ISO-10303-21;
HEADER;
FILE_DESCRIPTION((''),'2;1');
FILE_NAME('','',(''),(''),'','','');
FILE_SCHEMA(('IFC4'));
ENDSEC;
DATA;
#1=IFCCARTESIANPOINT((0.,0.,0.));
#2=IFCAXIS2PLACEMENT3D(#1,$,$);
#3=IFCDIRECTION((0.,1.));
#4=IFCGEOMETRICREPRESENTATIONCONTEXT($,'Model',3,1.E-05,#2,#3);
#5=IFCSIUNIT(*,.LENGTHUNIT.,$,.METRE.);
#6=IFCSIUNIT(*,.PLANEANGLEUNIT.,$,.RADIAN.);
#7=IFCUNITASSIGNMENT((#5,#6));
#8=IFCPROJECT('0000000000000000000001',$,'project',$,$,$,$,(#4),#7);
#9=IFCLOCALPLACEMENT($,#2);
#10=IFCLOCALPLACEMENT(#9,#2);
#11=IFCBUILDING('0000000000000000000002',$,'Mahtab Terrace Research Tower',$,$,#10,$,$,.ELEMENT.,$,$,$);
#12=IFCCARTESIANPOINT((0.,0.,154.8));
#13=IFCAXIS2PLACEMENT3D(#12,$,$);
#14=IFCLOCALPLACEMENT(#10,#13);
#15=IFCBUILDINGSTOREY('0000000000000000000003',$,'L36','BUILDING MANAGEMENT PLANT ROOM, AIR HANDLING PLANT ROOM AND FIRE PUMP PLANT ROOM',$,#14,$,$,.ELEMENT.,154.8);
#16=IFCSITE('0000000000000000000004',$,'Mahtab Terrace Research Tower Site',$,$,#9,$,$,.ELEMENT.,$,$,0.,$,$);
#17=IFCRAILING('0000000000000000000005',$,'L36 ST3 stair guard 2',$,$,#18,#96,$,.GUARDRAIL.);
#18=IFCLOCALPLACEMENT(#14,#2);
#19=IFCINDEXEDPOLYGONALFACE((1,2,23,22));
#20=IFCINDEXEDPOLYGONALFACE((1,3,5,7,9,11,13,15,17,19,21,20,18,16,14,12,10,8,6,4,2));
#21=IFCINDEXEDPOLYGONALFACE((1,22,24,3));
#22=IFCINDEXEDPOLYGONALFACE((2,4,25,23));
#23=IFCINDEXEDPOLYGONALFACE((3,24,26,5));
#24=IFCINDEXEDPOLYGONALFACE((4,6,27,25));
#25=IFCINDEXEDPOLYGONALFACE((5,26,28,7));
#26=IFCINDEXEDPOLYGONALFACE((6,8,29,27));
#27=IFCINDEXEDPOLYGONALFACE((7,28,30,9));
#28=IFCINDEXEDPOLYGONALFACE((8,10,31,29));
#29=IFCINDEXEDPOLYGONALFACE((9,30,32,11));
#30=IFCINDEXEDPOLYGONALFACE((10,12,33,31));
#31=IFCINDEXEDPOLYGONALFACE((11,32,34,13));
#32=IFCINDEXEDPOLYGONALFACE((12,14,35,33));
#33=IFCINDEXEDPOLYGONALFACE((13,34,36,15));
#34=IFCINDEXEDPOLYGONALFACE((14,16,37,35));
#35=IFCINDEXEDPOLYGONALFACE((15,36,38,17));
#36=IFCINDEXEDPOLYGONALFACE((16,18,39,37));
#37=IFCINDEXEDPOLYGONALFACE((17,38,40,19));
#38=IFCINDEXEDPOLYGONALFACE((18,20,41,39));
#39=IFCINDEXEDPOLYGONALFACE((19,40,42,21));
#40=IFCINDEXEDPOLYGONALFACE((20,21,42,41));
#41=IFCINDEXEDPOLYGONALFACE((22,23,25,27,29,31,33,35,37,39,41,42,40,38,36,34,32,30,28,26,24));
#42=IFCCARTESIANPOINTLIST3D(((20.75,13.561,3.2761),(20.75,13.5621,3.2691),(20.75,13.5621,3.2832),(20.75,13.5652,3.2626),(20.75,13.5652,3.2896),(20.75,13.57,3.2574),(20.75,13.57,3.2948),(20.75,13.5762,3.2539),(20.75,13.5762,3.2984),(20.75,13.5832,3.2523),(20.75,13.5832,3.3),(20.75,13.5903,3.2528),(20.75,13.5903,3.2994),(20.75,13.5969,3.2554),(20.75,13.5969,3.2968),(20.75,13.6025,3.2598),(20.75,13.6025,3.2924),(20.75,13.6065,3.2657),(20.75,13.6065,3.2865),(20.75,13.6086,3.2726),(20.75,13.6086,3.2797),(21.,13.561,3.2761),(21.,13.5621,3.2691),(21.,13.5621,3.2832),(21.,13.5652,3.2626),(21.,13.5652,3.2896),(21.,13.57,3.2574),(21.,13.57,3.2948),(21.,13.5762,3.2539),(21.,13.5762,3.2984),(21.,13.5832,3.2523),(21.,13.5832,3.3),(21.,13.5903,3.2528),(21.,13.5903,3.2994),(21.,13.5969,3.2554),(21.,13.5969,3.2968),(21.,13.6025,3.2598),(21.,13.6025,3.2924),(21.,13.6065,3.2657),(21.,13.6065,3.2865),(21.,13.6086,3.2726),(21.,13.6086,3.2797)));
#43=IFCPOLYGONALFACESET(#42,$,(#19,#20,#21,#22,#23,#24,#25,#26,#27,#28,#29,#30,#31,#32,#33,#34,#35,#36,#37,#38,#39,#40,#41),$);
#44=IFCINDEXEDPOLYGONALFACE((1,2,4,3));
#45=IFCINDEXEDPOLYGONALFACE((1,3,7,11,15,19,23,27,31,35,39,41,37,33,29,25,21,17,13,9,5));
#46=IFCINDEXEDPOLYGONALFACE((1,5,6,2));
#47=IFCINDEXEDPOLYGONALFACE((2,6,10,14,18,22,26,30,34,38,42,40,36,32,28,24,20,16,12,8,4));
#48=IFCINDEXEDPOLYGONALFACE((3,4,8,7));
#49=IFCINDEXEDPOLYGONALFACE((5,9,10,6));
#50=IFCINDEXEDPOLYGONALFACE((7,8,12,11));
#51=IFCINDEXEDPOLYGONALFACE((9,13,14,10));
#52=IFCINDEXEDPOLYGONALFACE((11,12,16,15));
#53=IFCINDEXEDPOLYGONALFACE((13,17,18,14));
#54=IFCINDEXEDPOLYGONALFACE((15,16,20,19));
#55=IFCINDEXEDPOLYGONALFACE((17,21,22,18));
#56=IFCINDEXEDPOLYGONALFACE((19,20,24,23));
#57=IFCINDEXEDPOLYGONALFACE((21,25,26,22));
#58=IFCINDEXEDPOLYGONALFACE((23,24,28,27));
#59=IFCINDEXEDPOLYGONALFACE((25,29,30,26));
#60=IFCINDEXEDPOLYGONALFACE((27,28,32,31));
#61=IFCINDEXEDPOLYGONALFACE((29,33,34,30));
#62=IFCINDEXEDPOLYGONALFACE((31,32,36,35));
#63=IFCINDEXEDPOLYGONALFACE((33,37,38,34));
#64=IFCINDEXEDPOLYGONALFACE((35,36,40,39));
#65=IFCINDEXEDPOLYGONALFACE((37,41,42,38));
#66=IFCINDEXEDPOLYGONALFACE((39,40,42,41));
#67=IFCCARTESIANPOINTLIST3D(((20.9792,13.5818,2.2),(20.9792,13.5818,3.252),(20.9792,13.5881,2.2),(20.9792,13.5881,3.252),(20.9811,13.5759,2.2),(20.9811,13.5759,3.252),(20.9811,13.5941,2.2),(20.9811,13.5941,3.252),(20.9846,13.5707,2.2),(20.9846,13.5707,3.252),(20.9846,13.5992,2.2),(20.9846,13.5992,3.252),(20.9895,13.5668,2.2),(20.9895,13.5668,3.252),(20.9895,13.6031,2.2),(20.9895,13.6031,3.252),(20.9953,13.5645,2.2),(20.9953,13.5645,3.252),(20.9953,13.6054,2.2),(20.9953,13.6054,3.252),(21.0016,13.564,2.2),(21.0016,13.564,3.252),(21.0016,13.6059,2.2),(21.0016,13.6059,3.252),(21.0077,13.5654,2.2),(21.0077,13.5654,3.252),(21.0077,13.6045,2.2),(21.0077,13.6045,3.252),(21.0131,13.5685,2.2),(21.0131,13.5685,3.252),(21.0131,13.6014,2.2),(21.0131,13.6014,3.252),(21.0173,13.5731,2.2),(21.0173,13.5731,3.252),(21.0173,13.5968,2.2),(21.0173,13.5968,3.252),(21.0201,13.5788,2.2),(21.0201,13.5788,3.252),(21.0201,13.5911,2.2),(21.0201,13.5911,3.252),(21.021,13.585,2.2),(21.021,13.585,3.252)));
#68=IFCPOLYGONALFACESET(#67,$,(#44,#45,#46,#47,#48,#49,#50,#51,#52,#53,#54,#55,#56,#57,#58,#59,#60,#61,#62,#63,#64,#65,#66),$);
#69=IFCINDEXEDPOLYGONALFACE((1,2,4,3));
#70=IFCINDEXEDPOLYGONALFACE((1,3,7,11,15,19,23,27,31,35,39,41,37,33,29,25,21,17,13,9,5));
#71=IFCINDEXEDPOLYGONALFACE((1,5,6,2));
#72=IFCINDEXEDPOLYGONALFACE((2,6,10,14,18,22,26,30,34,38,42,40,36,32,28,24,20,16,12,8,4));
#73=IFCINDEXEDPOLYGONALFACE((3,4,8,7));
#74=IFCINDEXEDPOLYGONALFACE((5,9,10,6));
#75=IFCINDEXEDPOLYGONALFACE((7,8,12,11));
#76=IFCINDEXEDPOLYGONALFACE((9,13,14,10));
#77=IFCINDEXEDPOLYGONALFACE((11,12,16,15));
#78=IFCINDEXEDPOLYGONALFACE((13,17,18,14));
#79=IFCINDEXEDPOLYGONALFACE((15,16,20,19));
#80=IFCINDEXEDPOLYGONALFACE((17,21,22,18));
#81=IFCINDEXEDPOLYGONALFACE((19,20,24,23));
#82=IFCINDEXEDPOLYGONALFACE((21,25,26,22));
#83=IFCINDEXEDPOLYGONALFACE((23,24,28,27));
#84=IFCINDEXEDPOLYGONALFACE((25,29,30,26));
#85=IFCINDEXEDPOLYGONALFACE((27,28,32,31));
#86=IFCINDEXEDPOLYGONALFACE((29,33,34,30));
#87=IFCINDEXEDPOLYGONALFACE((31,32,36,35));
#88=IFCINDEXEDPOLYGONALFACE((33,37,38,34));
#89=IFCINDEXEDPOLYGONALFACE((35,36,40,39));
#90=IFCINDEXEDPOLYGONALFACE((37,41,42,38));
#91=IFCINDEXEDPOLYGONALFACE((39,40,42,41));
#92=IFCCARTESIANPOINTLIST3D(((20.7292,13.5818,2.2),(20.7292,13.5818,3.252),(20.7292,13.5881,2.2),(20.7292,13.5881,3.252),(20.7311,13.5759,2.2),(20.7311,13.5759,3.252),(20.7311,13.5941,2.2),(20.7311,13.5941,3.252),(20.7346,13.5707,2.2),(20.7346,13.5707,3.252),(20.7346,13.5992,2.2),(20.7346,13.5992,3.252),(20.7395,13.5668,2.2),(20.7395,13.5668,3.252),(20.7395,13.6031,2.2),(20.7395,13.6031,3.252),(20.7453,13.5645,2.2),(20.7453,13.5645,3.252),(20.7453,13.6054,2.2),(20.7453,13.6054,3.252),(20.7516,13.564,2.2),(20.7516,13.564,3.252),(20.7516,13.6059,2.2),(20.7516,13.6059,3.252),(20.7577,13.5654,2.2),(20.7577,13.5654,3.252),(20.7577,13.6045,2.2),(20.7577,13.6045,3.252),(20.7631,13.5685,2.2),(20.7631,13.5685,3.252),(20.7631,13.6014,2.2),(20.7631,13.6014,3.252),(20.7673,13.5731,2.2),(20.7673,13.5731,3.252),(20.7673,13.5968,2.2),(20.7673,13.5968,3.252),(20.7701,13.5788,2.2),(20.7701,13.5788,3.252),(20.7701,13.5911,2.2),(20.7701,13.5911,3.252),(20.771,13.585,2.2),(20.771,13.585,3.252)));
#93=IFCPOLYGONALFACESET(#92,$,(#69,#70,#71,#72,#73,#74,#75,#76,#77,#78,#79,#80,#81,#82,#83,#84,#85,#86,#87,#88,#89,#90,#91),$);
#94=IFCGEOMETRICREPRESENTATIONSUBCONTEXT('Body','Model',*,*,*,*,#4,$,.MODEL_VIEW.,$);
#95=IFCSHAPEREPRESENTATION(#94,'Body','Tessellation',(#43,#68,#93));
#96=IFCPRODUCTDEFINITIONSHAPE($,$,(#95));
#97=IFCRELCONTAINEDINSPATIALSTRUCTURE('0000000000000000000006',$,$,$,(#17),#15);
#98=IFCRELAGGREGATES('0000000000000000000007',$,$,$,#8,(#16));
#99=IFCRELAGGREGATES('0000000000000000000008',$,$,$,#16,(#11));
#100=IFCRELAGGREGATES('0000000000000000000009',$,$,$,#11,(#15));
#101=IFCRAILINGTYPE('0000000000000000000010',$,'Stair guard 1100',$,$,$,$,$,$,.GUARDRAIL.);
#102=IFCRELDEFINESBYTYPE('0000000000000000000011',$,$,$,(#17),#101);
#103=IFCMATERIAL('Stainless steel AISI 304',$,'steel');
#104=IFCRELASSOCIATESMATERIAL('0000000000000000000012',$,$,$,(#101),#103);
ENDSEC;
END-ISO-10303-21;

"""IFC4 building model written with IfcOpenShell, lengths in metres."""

from ifc_helpers import new_model, si_unit, direction, frame, origin, origin_2d, place, context, subcontext, project, spatial, circle, extrude, material, type_object, element, save


model = new_model("IFC4")

# Units and contexts
model_context = context("Model", 3, precision=1e-05, world=origin(), true_north=direction((0.0, 1.0)))
body_context = subcontext(model_context, "Body", "Model", "MODEL_VIEW")
ifc_project = project(units=[si_unit("LENGTHUNIT", "METRE"), si_unit("PLANEANGLEUNIT", "RADIAN")], contexts=[model_context])

# Site, building, storey
site_placement = place(None, origin())
site = spatial("IfcSite", under=ifc_project, at=site_placement, Name="Mahtab Terrace Research Tower Site", CompositionType="ELEMENT", RefElevation=0.0)
building_placement = place(site_placement, origin())
building = spatial("IfcBuilding", under=site, at=building_placement, Name="Mahtab Terrace Research Tower", CompositionType="ELEMENT")
storey_placement = place(building_placement, frame((0.0, 0.0, 154.8)))
storey = spatial("IfcBuildingStorey", under=building, at=storey_placement, Name="L36", Description="BUILDING MANAGEMENT PLANT ROOM, AIR HANDLING PLANT ROOM AND FIRE PUMP PLANT ROOM", CompositionType="ELEMENT", Elevation=154.8)

# Shared definitions
ifc_material_1 = material(Name="Stainless steel AISI 304", Category="steel")

# Railing
railing_type_1 = type_object("IfcRailingType", Name="Stair guard 1100", PredefinedType="GUARDRAIL", material=ifc_material_1)
railing_1_placement = place(storey_placement, frame((21.0, 13.585, 2.2)))
element("IfcRailing", 1, at=railing_1_placement, inside=storey, type_object=railing_type_1, Name="L36 ST3 stair guard 2", PredefinedType="GUARDRAIL", context=body_context, shape_type="SweptSolid", body=[
    extrude(circle(Radius=0.0239, at=origin_2d()), frame((0.0, 0.0, 1.0762), z_axis=(-1.0, 0.0, 0.0), x_axis=(0.0, -1.0, 0.0)), (0.0, 0.0, 1.0), 0.25),
    extrude(circle(Radius=0.021, at=origin_2d()), origin(), (0.0, 0.0, 1.0), 1.052),
    extrude(circle(Radius=0.021, at=origin_2d()), frame((-0.25, 0.0, 0.0)), (0.0, 0.0, 1.0), 1.052),
])

save(model, "model.ifc")
